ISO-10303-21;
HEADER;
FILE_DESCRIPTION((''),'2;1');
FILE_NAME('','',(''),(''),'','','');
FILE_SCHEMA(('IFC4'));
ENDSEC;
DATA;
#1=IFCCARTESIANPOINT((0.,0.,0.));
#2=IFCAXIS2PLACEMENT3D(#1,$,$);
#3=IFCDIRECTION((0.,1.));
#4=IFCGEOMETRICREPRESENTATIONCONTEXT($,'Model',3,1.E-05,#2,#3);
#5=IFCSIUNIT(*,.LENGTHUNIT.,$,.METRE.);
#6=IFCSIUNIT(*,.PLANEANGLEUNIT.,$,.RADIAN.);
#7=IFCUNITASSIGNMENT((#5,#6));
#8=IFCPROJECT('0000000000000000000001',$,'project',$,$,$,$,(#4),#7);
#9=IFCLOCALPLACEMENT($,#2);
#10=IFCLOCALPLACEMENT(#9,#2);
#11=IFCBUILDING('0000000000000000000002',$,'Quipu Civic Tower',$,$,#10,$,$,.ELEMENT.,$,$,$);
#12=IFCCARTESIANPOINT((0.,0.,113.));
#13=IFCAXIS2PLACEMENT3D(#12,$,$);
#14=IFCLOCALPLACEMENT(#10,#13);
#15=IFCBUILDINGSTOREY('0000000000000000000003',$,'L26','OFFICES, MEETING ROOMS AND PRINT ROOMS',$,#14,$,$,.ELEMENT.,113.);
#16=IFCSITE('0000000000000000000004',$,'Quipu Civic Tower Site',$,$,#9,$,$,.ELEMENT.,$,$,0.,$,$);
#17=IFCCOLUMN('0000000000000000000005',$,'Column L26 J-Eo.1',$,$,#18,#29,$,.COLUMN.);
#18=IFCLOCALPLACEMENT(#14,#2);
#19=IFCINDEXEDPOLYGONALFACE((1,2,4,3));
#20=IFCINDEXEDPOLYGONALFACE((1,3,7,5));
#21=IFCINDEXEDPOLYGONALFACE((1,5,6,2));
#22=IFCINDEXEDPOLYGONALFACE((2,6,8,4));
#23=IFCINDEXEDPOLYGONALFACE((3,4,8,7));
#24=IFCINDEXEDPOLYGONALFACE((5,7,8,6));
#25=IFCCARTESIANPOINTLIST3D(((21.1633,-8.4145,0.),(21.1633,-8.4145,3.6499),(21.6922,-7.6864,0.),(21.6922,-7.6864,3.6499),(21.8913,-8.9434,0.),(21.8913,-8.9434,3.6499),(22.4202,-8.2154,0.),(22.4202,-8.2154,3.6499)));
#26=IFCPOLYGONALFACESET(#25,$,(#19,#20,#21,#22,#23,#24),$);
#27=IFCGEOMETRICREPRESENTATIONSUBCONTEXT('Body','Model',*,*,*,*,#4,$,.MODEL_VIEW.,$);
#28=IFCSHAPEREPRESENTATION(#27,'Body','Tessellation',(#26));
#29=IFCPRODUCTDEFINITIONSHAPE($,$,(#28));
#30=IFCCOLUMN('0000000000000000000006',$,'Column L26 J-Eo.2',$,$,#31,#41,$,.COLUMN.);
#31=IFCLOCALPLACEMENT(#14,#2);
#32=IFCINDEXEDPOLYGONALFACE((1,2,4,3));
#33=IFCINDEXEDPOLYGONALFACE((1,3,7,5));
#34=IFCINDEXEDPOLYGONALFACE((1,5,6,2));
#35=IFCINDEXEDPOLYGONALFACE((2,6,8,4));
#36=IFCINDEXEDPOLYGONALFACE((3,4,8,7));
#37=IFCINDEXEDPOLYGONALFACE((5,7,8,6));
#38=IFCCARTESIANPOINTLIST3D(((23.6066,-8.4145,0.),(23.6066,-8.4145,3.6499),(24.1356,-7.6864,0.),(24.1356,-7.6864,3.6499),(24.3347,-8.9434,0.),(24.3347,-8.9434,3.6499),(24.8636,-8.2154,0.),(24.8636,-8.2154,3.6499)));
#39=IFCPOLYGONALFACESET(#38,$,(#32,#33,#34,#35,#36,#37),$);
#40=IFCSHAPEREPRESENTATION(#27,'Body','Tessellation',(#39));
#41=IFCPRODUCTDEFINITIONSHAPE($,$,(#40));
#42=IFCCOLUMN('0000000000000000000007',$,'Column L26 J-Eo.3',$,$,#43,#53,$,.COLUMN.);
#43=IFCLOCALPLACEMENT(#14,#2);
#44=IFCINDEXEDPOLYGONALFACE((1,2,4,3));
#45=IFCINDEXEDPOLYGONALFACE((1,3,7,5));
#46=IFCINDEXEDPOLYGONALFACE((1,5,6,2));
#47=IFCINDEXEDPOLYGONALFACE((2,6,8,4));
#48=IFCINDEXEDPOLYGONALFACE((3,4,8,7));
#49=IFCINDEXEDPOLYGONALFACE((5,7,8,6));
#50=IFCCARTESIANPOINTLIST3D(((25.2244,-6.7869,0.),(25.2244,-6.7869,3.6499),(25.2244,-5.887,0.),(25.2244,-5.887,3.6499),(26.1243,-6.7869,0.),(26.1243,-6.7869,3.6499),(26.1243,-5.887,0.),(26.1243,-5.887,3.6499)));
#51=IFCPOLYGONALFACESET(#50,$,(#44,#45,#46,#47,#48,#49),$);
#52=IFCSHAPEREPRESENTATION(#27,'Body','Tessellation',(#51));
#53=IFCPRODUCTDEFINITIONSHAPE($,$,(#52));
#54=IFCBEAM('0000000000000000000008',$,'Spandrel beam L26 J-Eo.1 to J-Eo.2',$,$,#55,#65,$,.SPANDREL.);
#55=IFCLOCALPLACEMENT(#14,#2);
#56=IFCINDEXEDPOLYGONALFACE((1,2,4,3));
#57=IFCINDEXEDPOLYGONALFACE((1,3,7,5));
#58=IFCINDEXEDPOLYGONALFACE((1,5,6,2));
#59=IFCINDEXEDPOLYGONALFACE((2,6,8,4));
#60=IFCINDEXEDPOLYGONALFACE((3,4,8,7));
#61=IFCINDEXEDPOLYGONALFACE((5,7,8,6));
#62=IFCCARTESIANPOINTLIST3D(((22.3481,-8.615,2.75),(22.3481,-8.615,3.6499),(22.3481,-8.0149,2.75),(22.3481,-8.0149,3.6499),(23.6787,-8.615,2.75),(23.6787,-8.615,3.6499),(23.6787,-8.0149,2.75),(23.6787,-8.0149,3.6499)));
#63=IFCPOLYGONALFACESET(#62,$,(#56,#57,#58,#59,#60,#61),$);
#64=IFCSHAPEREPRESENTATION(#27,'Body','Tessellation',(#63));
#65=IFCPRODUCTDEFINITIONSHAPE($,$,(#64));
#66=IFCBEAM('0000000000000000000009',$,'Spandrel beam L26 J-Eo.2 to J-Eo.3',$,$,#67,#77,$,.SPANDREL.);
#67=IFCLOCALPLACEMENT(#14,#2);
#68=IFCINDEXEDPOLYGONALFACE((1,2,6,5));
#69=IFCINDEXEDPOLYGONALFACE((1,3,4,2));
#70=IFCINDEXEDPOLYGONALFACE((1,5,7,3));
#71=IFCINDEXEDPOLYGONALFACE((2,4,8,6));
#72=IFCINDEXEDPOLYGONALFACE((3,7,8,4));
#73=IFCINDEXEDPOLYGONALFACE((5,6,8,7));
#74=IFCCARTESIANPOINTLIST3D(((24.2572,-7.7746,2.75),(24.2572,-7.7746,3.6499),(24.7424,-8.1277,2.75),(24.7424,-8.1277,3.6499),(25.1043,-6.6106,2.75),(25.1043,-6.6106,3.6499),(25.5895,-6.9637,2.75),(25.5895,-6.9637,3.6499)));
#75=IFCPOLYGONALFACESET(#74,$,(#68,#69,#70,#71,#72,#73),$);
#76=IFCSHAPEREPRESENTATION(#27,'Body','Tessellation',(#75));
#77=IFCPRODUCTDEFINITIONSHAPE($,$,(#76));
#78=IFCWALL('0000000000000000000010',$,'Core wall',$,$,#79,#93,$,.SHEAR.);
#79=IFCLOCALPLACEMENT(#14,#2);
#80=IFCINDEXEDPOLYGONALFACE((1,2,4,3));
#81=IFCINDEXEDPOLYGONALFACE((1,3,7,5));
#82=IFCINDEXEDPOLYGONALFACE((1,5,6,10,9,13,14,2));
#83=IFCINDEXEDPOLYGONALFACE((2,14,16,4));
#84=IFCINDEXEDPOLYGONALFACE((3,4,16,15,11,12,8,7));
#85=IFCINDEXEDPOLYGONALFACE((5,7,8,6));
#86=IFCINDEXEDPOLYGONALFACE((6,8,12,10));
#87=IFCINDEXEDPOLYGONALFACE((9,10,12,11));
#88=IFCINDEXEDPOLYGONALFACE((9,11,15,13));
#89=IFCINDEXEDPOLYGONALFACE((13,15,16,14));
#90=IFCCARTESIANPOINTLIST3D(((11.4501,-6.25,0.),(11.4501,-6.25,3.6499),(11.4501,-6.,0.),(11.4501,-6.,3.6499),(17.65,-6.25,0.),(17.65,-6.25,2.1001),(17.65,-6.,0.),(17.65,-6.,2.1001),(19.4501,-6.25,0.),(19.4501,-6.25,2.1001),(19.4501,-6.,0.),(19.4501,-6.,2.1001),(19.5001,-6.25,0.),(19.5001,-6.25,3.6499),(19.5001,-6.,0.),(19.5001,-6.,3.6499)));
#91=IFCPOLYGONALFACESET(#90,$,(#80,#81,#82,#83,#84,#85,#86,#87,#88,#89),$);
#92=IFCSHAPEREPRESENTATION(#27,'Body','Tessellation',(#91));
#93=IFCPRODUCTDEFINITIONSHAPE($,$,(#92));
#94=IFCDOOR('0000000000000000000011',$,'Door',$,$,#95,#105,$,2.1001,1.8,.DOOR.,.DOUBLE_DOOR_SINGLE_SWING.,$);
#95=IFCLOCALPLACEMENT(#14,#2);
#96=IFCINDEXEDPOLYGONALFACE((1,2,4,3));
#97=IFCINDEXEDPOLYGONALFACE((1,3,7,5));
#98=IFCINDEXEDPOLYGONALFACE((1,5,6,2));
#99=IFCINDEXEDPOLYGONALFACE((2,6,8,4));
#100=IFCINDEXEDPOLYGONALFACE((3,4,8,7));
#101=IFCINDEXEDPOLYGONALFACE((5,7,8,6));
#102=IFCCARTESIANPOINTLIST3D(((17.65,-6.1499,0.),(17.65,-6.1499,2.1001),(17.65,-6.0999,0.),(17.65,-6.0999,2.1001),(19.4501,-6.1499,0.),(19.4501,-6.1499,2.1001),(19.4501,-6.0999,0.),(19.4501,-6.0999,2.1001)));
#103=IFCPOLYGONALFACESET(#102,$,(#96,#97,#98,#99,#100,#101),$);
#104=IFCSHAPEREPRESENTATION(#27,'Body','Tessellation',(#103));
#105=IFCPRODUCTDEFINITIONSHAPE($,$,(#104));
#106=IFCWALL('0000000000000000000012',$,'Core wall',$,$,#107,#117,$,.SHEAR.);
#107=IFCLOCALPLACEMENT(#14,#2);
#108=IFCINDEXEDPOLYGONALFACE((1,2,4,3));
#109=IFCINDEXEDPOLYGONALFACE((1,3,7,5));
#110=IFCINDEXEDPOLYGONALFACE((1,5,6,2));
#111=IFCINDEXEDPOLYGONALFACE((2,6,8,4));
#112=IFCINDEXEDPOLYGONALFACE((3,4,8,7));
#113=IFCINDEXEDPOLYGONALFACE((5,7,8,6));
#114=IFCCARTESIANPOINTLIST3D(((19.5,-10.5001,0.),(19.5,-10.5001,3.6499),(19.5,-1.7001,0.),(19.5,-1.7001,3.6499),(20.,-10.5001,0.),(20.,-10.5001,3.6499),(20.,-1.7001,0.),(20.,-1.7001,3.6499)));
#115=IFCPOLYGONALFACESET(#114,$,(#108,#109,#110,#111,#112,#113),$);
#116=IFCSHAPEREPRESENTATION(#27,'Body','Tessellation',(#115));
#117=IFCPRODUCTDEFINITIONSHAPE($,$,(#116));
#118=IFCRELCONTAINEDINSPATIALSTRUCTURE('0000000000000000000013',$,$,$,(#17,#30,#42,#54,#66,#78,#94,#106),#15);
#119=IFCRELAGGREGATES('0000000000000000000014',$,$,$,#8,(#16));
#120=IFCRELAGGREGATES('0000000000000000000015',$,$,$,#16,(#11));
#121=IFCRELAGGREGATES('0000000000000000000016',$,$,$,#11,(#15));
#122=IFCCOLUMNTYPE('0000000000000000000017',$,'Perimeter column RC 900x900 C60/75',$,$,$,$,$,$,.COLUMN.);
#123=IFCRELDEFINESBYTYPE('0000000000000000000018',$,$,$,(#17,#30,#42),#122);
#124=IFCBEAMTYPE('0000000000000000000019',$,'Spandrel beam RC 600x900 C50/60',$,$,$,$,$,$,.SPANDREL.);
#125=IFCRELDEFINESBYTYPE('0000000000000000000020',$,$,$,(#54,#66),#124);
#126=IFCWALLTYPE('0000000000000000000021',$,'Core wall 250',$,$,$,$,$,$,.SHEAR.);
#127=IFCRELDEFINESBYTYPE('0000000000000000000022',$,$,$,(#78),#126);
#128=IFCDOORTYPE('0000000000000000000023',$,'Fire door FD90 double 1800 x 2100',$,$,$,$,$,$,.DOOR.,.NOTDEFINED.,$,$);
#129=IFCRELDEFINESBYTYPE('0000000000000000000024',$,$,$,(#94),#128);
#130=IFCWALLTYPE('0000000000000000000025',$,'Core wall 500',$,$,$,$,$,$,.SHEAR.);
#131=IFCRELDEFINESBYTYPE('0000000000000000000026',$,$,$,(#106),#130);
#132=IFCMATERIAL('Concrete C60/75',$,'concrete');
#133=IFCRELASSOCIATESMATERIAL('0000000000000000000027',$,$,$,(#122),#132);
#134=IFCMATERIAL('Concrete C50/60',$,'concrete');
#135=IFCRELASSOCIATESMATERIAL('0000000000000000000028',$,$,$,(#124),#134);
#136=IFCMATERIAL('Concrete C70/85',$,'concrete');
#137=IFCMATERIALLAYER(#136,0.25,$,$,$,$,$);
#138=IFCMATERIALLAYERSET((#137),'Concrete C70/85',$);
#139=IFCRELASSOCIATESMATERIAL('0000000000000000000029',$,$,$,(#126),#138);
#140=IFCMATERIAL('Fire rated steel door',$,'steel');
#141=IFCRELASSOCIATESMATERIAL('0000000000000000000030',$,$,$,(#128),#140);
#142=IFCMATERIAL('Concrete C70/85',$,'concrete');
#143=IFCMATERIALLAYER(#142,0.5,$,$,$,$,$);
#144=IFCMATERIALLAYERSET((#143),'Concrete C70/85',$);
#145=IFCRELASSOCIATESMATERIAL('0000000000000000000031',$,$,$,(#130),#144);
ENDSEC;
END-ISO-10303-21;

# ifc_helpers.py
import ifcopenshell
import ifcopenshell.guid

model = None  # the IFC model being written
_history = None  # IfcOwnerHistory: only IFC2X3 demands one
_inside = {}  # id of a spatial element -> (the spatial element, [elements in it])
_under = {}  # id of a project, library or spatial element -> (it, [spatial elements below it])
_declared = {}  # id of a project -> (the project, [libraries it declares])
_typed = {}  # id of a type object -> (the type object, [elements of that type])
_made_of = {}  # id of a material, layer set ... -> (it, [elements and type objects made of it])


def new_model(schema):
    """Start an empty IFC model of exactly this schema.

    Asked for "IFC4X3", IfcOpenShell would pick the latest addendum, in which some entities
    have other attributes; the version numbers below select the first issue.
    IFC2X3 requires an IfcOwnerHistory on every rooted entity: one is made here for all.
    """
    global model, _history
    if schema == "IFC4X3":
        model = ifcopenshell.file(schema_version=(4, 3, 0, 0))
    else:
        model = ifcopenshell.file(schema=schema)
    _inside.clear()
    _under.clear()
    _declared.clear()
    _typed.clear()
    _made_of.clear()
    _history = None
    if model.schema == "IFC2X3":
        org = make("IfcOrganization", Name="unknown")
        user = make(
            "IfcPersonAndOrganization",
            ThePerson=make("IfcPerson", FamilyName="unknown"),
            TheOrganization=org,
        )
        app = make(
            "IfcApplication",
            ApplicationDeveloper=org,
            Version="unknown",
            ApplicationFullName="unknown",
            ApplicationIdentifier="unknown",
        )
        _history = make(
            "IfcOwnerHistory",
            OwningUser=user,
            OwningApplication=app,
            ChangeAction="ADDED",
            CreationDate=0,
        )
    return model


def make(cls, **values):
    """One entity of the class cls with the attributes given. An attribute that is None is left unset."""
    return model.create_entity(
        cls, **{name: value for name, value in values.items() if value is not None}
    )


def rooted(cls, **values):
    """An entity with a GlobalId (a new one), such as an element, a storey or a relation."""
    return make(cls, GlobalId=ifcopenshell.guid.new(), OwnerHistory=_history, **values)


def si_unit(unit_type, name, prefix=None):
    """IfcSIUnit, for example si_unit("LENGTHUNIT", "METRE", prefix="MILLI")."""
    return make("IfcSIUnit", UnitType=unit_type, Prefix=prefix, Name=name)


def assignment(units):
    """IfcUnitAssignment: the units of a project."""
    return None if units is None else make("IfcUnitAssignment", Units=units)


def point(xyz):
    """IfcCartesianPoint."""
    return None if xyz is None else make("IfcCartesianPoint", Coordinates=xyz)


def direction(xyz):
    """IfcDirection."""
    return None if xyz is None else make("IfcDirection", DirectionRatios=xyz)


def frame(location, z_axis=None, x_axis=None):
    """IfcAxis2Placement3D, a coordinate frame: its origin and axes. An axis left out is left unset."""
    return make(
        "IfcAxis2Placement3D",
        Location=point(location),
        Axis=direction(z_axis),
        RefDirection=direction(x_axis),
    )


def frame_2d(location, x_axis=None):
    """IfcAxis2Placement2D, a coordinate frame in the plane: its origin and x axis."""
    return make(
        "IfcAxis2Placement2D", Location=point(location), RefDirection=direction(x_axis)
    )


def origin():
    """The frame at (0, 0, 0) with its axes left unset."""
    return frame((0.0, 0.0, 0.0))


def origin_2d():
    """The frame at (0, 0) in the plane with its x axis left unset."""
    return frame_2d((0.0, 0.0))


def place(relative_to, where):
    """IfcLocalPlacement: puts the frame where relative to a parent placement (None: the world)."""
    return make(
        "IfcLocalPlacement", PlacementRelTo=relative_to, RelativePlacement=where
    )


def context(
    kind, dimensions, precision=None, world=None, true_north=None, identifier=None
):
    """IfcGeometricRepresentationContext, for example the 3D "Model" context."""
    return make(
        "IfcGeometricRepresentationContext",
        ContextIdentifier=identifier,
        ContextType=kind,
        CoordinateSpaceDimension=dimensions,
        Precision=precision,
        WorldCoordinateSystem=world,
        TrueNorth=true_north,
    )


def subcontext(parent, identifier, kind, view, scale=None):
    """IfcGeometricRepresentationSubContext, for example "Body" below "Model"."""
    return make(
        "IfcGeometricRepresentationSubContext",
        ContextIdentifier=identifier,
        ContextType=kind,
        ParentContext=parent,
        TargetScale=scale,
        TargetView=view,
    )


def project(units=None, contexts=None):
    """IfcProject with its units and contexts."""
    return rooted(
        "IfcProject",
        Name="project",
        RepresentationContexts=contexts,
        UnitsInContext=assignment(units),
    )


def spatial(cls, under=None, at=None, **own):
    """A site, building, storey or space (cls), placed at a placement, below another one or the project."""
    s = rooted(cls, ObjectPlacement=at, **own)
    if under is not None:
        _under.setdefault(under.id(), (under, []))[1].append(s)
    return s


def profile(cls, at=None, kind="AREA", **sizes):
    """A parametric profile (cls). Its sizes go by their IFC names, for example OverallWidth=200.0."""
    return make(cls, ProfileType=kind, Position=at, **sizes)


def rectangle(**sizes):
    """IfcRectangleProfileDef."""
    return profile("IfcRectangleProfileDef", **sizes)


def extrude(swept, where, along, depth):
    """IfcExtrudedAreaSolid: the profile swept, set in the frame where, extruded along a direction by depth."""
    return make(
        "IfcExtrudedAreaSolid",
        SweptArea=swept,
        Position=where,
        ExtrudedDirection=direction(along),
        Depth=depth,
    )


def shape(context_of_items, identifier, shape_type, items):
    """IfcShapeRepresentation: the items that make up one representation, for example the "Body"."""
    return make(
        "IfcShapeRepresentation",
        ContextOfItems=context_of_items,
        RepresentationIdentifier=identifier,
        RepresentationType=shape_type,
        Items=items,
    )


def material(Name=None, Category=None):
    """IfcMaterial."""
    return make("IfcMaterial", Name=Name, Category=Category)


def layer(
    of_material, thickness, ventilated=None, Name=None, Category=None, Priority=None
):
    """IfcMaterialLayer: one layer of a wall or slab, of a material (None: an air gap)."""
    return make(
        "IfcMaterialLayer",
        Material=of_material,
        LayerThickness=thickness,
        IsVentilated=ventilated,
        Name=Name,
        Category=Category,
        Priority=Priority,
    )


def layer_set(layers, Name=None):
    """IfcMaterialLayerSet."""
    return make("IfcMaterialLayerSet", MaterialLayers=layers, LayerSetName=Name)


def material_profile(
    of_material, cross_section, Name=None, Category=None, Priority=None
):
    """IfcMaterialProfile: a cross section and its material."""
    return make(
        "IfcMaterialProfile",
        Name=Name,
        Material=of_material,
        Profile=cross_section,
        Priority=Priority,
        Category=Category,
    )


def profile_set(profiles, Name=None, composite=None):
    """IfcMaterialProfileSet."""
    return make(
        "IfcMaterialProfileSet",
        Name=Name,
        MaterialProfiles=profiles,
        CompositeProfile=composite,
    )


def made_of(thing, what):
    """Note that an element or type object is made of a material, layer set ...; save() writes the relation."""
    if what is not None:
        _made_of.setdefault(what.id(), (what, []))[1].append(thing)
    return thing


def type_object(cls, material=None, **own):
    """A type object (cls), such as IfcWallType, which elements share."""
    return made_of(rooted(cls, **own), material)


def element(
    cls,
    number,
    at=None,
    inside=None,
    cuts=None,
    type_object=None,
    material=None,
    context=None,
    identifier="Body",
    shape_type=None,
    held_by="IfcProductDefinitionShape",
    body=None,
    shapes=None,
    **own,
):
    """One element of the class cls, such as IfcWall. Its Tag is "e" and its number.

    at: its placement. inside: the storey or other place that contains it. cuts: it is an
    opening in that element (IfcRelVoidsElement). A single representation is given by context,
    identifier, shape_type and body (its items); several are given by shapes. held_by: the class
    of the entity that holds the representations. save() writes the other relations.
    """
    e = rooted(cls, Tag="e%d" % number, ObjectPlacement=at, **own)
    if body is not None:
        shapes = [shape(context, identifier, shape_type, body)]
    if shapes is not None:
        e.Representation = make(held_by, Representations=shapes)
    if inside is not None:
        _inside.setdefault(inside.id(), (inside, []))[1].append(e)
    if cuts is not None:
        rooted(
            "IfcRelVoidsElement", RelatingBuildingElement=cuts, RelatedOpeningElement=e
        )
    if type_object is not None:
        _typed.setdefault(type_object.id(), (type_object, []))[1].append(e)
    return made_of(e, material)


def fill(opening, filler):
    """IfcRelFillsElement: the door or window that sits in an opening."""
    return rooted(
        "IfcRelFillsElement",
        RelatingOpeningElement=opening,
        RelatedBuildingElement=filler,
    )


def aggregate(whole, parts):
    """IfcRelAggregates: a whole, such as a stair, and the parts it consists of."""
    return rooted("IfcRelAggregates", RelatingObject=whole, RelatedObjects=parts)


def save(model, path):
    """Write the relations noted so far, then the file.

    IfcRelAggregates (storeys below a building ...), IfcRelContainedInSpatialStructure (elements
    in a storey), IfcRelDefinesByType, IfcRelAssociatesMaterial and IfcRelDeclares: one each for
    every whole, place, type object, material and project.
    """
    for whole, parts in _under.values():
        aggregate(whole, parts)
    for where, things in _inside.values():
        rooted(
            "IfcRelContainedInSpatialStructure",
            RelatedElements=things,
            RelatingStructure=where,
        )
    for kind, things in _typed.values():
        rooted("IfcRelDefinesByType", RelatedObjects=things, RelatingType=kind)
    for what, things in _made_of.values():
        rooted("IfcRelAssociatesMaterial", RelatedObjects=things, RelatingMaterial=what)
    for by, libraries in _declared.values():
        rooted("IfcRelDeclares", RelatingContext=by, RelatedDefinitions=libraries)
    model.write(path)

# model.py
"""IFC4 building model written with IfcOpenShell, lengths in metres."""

from ifc_helpers import new_model, si_unit, direction, frame, frame_2d, origin, origin_2d, place, context, subcontext, project, spatial, rectangle, extrude, material, layer, layer_set, material_profile, profile_set, type_object, element, fill, save


model = new_model("IFC4")

# Units and contexts
model_context = context("Model", 3, precision=1e-05, world=origin(), true_north=direction((0.0, 1.0)))
body_context = subcontext(model_context, "Body", "Model", "MODEL_VIEW")
ifc_project = project(units=[si_unit("LENGTHUNIT", "METRE"), si_unit("PLANEANGLEUNIT", "RADIAN")], contexts=[model_context])

# Site, building, storey
site_placement = place(None, origin())
site = spatial("IfcSite", under=ifc_project, at=site_placement, Name="Quipu Civic Tower Site", CompositionType="ELEMENT", RefElevation=0.0)
building_placement = place(site_placement, origin())
building = spatial("IfcBuilding", under=site, at=building_placement, Name="Quipu Civic Tower", CompositionType="ELEMENT")
storey_placement = place(building_placement, frame((0.0, 0.0, 113.0)))
storey = spatial("IfcBuildingStorey", under=building, at=storey_placement, Name="L26", Description="OFFICES, MEETING ROOMS AND PRINT ROOMS", CompositionType="ELEMENT", Elevation=113.0)

# Columns
ifc_material_1 = material(Name="Concrete C60/75", Category="concrete")
ifc_material_profile_1 = material_profile(ifc_material_1, rectangle(XDim=0.8999, YDim=0.8999, at=origin_2d()), Name="RC900x900")
ifc_profile_set_1 = profile_set([ifc_material_profile_1], Name="Concrete C60/75")
column_type = type_object("IfcColumnType", Name="Perimeter column RC 900x900 C60/75", PredefinedType="COLUMN", material=ifc_profile_set_1)
for number, where, z_axis, x_axis, name in (
    (1, (21.7917, -8.3149, 0.0), (0.0, 0.0, 1.0), (0.587785, 0.809017, 0.0), "Column L26 J-Eo.1"),
    (2, (24.2351, -8.3149, 0.0), (0.0, 0.0, 1.0), (0.587785, 0.809017, 0.0), "Column L26 J-Eo.2"),
    (3, (25.6743, -6.3369, 0.0), (0.0, 0.0, 1.0), (1.0, 0.0, 0.0), "Column L26 J-Eo.3"),
):
    element("IfcColumn", number, at=place(storey_placement, frame(where, z_axis=z_axis, x_axis=x_axis)), inside=storey, type_object=column_type, Name=name, PredefinedType="COLUMN", context=body_context, shape_type="SweptSolid", body=[
        extrude(rectangle(XDim=0.8999, YDim=0.8999, at=origin_2d()), origin(), (0.0, 0.0, 1.0), 3.6499),
    ])

# Beams
ifc_material_2 = material(Name="Concrete C50/60", Category="concrete")
ifc_material_profile_2 = material_profile(ifc_material_2, rectangle(XDim=0.6001, YDim=0.8999, at=origin_2d()), Name="RC600x900")
ifc_profile_set_2 = profile_set([ifc_material_profile_2], Name="Concrete C50/60")
beam_type = type_object("IfcBeamType", Name="Spandrel beam RC 600x900 C50/60", PredefinedType="SPANDREL", material=ifc_profile_set_2)
beam_1_placement = place(storey_placement, frame((22.3481, -8.3149, 3.2), z_axis=(1.0, 0.0, 0.0), x_axis=(0.0, 1.0, 0.0)))
element("IfcBeam", 4, at=beam_1_placement, inside=storey, type_object=beam_type, Name="Spandrel beam L26 J-Eo.1 to J-Eo.2", PredefinedType="SPANDREL", context=body_context, shape_type="SweptSolid", body=[
    extrude(rectangle(XDim=0.6001, YDim=0.8999, at=origin_2d()), origin(), (0.0, 0.0, 1.0), 1.3306),
])
beam_2_placement = place(storey_placement, frame((24.4998, -7.9512, 3.2), z_axis=(0.588434, 0.808545, 0.0), x_axis=(-0.808545, 0.588434, 0.0)))
element("IfcBeam", 5, at=beam_2_placement, inside=storey, type_object=beam_type, Name="Spandrel beam L26 J-Eo.2 to J-Eo.3", PredefinedType="SPANDREL", context=body_context, shape_type="SweptSolid", body=[
    extrude(rectangle(XDim=0.6001, YDim=0.8999, at=origin_2d()), origin(), (0.0, 0.0, 1.0), 1.4397),
])

# Wall, opening, door
ifc_material_3 = material(Name="Concrete C70/85", Category="concrete")
ifc_layer_1 = layer(ifc_material_3, 0.25)
ifc_layer_set_1 = layer_set([ifc_layer_1], Name="Concrete C70/85")
wall_type_1 = type_object("IfcWallType", Name="Core wall 250", PredefinedType="SHEAR", material=ifc_layer_set_1)
wall_1_placement = place(storey_placement, frame((19.5, -6.125, 0.0), z_axis=(0.0, 0.0, 1.0), x_axis=(-1.0, 0.0, 0.0)))
wall_1 = element("IfcWall", 6, at=wall_1_placement, inside=storey, type_object=wall_type_1, Name="Core wall", PredefinedType="SHEAR", context=body_context, shape_type="SweptSolid", body=[
    extrude(rectangle(XDim=8.05, YDim=0.25, at=frame_2d((4.0249, 0.0))), origin(), (0.0, 0.0, 1.0), 3.6499),
])
opening_1_placement = place(wall_1_placement, frame((0.05, 0.0, 0.0)))
opening_1 = element("IfcOpeningElement", 7, at=opening_1_placement, cuts=wall_1, PredefinedType="OPENING", context=body_context, shape_type="SweptSolid", body=[
    extrude(rectangle(XDim=1.8, YDim=2.1001, at=frame_2d((0.8999, 1.05))), frame((0.0, 0.135, 0.0), z_axis=(0.0, -1.0, 0.0), x_axis=(1.0, 0.0, 0.0)), (0.0, 0.0, 1.0), 0.27),
])
ifc_material_4 = material(Name="Fire rated steel door", Category="steel")
door_type_1 = type_object("IfcDoorType", Name="Fire door FD90 double 1800 x 2100", OperationType="NOTDEFINED", PredefinedType="DOOR", material=ifc_material_4)
door_1_placement = place(opening_1_placement, origin())
door_1 = element("IfcDoor", 8, at=door_1_placement, inside=storey, type_object=door_type_1, Name="Door", OperationType="DOUBLE_DOOR_SINGLE_SWING", OverallHeight=2.1001, OverallWidth=1.8, PredefinedType="DOOR", context=body_context, shape_type="SweptSolid", body=[
    extrude(rectangle(XDim=1.8, YDim=2.1001, at=frame_2d((0.8999, 1.05))), frame((0.0, 0.0249, 0.0), z_axis=(0.0, -1.0, 0.0), x_axis=(1.0, 0.0, 0.0)), (0.0, 0.0, 1.0), 0.05),
])
fill(opening_1, door_1)

# Wall
ifc_material_5 = material(Name="Concrete C70/85", Category="concrete")
ifc_layer_2 = layer(ifc_material_5, 0.5)
ifc_layer_set_2 = layer_set([ifc_layer_2], Name="Concrete C70/85")
wall_type_2 = type_object("IfcWallType", Name="Core wall 500", PredefinedType="SHEAR", material=ifc_layer_set_2)
wall_2_placement = place(storey_placement, frame((19.75, -10.5, 0.0), z_axis=(0.0, 0.0, 1.0), x_axis=(0.0, 1.0, 0.0)))
element("IfcWall", 9, at=wall_2_placement, inside=storey, type_object=wall_type_2, Name="Core wall", PredefinedType="SHEAR", context=body_context, shape_type="SweptSolid", body=[
    extrude(rectangle(XDim=8.8, YDim=0.5, at=frame_2d((4.3999, 0.0))), origin(), (0.0, 0.0, 1.0), 3.6499),
])

save(model, "model.ifc")
